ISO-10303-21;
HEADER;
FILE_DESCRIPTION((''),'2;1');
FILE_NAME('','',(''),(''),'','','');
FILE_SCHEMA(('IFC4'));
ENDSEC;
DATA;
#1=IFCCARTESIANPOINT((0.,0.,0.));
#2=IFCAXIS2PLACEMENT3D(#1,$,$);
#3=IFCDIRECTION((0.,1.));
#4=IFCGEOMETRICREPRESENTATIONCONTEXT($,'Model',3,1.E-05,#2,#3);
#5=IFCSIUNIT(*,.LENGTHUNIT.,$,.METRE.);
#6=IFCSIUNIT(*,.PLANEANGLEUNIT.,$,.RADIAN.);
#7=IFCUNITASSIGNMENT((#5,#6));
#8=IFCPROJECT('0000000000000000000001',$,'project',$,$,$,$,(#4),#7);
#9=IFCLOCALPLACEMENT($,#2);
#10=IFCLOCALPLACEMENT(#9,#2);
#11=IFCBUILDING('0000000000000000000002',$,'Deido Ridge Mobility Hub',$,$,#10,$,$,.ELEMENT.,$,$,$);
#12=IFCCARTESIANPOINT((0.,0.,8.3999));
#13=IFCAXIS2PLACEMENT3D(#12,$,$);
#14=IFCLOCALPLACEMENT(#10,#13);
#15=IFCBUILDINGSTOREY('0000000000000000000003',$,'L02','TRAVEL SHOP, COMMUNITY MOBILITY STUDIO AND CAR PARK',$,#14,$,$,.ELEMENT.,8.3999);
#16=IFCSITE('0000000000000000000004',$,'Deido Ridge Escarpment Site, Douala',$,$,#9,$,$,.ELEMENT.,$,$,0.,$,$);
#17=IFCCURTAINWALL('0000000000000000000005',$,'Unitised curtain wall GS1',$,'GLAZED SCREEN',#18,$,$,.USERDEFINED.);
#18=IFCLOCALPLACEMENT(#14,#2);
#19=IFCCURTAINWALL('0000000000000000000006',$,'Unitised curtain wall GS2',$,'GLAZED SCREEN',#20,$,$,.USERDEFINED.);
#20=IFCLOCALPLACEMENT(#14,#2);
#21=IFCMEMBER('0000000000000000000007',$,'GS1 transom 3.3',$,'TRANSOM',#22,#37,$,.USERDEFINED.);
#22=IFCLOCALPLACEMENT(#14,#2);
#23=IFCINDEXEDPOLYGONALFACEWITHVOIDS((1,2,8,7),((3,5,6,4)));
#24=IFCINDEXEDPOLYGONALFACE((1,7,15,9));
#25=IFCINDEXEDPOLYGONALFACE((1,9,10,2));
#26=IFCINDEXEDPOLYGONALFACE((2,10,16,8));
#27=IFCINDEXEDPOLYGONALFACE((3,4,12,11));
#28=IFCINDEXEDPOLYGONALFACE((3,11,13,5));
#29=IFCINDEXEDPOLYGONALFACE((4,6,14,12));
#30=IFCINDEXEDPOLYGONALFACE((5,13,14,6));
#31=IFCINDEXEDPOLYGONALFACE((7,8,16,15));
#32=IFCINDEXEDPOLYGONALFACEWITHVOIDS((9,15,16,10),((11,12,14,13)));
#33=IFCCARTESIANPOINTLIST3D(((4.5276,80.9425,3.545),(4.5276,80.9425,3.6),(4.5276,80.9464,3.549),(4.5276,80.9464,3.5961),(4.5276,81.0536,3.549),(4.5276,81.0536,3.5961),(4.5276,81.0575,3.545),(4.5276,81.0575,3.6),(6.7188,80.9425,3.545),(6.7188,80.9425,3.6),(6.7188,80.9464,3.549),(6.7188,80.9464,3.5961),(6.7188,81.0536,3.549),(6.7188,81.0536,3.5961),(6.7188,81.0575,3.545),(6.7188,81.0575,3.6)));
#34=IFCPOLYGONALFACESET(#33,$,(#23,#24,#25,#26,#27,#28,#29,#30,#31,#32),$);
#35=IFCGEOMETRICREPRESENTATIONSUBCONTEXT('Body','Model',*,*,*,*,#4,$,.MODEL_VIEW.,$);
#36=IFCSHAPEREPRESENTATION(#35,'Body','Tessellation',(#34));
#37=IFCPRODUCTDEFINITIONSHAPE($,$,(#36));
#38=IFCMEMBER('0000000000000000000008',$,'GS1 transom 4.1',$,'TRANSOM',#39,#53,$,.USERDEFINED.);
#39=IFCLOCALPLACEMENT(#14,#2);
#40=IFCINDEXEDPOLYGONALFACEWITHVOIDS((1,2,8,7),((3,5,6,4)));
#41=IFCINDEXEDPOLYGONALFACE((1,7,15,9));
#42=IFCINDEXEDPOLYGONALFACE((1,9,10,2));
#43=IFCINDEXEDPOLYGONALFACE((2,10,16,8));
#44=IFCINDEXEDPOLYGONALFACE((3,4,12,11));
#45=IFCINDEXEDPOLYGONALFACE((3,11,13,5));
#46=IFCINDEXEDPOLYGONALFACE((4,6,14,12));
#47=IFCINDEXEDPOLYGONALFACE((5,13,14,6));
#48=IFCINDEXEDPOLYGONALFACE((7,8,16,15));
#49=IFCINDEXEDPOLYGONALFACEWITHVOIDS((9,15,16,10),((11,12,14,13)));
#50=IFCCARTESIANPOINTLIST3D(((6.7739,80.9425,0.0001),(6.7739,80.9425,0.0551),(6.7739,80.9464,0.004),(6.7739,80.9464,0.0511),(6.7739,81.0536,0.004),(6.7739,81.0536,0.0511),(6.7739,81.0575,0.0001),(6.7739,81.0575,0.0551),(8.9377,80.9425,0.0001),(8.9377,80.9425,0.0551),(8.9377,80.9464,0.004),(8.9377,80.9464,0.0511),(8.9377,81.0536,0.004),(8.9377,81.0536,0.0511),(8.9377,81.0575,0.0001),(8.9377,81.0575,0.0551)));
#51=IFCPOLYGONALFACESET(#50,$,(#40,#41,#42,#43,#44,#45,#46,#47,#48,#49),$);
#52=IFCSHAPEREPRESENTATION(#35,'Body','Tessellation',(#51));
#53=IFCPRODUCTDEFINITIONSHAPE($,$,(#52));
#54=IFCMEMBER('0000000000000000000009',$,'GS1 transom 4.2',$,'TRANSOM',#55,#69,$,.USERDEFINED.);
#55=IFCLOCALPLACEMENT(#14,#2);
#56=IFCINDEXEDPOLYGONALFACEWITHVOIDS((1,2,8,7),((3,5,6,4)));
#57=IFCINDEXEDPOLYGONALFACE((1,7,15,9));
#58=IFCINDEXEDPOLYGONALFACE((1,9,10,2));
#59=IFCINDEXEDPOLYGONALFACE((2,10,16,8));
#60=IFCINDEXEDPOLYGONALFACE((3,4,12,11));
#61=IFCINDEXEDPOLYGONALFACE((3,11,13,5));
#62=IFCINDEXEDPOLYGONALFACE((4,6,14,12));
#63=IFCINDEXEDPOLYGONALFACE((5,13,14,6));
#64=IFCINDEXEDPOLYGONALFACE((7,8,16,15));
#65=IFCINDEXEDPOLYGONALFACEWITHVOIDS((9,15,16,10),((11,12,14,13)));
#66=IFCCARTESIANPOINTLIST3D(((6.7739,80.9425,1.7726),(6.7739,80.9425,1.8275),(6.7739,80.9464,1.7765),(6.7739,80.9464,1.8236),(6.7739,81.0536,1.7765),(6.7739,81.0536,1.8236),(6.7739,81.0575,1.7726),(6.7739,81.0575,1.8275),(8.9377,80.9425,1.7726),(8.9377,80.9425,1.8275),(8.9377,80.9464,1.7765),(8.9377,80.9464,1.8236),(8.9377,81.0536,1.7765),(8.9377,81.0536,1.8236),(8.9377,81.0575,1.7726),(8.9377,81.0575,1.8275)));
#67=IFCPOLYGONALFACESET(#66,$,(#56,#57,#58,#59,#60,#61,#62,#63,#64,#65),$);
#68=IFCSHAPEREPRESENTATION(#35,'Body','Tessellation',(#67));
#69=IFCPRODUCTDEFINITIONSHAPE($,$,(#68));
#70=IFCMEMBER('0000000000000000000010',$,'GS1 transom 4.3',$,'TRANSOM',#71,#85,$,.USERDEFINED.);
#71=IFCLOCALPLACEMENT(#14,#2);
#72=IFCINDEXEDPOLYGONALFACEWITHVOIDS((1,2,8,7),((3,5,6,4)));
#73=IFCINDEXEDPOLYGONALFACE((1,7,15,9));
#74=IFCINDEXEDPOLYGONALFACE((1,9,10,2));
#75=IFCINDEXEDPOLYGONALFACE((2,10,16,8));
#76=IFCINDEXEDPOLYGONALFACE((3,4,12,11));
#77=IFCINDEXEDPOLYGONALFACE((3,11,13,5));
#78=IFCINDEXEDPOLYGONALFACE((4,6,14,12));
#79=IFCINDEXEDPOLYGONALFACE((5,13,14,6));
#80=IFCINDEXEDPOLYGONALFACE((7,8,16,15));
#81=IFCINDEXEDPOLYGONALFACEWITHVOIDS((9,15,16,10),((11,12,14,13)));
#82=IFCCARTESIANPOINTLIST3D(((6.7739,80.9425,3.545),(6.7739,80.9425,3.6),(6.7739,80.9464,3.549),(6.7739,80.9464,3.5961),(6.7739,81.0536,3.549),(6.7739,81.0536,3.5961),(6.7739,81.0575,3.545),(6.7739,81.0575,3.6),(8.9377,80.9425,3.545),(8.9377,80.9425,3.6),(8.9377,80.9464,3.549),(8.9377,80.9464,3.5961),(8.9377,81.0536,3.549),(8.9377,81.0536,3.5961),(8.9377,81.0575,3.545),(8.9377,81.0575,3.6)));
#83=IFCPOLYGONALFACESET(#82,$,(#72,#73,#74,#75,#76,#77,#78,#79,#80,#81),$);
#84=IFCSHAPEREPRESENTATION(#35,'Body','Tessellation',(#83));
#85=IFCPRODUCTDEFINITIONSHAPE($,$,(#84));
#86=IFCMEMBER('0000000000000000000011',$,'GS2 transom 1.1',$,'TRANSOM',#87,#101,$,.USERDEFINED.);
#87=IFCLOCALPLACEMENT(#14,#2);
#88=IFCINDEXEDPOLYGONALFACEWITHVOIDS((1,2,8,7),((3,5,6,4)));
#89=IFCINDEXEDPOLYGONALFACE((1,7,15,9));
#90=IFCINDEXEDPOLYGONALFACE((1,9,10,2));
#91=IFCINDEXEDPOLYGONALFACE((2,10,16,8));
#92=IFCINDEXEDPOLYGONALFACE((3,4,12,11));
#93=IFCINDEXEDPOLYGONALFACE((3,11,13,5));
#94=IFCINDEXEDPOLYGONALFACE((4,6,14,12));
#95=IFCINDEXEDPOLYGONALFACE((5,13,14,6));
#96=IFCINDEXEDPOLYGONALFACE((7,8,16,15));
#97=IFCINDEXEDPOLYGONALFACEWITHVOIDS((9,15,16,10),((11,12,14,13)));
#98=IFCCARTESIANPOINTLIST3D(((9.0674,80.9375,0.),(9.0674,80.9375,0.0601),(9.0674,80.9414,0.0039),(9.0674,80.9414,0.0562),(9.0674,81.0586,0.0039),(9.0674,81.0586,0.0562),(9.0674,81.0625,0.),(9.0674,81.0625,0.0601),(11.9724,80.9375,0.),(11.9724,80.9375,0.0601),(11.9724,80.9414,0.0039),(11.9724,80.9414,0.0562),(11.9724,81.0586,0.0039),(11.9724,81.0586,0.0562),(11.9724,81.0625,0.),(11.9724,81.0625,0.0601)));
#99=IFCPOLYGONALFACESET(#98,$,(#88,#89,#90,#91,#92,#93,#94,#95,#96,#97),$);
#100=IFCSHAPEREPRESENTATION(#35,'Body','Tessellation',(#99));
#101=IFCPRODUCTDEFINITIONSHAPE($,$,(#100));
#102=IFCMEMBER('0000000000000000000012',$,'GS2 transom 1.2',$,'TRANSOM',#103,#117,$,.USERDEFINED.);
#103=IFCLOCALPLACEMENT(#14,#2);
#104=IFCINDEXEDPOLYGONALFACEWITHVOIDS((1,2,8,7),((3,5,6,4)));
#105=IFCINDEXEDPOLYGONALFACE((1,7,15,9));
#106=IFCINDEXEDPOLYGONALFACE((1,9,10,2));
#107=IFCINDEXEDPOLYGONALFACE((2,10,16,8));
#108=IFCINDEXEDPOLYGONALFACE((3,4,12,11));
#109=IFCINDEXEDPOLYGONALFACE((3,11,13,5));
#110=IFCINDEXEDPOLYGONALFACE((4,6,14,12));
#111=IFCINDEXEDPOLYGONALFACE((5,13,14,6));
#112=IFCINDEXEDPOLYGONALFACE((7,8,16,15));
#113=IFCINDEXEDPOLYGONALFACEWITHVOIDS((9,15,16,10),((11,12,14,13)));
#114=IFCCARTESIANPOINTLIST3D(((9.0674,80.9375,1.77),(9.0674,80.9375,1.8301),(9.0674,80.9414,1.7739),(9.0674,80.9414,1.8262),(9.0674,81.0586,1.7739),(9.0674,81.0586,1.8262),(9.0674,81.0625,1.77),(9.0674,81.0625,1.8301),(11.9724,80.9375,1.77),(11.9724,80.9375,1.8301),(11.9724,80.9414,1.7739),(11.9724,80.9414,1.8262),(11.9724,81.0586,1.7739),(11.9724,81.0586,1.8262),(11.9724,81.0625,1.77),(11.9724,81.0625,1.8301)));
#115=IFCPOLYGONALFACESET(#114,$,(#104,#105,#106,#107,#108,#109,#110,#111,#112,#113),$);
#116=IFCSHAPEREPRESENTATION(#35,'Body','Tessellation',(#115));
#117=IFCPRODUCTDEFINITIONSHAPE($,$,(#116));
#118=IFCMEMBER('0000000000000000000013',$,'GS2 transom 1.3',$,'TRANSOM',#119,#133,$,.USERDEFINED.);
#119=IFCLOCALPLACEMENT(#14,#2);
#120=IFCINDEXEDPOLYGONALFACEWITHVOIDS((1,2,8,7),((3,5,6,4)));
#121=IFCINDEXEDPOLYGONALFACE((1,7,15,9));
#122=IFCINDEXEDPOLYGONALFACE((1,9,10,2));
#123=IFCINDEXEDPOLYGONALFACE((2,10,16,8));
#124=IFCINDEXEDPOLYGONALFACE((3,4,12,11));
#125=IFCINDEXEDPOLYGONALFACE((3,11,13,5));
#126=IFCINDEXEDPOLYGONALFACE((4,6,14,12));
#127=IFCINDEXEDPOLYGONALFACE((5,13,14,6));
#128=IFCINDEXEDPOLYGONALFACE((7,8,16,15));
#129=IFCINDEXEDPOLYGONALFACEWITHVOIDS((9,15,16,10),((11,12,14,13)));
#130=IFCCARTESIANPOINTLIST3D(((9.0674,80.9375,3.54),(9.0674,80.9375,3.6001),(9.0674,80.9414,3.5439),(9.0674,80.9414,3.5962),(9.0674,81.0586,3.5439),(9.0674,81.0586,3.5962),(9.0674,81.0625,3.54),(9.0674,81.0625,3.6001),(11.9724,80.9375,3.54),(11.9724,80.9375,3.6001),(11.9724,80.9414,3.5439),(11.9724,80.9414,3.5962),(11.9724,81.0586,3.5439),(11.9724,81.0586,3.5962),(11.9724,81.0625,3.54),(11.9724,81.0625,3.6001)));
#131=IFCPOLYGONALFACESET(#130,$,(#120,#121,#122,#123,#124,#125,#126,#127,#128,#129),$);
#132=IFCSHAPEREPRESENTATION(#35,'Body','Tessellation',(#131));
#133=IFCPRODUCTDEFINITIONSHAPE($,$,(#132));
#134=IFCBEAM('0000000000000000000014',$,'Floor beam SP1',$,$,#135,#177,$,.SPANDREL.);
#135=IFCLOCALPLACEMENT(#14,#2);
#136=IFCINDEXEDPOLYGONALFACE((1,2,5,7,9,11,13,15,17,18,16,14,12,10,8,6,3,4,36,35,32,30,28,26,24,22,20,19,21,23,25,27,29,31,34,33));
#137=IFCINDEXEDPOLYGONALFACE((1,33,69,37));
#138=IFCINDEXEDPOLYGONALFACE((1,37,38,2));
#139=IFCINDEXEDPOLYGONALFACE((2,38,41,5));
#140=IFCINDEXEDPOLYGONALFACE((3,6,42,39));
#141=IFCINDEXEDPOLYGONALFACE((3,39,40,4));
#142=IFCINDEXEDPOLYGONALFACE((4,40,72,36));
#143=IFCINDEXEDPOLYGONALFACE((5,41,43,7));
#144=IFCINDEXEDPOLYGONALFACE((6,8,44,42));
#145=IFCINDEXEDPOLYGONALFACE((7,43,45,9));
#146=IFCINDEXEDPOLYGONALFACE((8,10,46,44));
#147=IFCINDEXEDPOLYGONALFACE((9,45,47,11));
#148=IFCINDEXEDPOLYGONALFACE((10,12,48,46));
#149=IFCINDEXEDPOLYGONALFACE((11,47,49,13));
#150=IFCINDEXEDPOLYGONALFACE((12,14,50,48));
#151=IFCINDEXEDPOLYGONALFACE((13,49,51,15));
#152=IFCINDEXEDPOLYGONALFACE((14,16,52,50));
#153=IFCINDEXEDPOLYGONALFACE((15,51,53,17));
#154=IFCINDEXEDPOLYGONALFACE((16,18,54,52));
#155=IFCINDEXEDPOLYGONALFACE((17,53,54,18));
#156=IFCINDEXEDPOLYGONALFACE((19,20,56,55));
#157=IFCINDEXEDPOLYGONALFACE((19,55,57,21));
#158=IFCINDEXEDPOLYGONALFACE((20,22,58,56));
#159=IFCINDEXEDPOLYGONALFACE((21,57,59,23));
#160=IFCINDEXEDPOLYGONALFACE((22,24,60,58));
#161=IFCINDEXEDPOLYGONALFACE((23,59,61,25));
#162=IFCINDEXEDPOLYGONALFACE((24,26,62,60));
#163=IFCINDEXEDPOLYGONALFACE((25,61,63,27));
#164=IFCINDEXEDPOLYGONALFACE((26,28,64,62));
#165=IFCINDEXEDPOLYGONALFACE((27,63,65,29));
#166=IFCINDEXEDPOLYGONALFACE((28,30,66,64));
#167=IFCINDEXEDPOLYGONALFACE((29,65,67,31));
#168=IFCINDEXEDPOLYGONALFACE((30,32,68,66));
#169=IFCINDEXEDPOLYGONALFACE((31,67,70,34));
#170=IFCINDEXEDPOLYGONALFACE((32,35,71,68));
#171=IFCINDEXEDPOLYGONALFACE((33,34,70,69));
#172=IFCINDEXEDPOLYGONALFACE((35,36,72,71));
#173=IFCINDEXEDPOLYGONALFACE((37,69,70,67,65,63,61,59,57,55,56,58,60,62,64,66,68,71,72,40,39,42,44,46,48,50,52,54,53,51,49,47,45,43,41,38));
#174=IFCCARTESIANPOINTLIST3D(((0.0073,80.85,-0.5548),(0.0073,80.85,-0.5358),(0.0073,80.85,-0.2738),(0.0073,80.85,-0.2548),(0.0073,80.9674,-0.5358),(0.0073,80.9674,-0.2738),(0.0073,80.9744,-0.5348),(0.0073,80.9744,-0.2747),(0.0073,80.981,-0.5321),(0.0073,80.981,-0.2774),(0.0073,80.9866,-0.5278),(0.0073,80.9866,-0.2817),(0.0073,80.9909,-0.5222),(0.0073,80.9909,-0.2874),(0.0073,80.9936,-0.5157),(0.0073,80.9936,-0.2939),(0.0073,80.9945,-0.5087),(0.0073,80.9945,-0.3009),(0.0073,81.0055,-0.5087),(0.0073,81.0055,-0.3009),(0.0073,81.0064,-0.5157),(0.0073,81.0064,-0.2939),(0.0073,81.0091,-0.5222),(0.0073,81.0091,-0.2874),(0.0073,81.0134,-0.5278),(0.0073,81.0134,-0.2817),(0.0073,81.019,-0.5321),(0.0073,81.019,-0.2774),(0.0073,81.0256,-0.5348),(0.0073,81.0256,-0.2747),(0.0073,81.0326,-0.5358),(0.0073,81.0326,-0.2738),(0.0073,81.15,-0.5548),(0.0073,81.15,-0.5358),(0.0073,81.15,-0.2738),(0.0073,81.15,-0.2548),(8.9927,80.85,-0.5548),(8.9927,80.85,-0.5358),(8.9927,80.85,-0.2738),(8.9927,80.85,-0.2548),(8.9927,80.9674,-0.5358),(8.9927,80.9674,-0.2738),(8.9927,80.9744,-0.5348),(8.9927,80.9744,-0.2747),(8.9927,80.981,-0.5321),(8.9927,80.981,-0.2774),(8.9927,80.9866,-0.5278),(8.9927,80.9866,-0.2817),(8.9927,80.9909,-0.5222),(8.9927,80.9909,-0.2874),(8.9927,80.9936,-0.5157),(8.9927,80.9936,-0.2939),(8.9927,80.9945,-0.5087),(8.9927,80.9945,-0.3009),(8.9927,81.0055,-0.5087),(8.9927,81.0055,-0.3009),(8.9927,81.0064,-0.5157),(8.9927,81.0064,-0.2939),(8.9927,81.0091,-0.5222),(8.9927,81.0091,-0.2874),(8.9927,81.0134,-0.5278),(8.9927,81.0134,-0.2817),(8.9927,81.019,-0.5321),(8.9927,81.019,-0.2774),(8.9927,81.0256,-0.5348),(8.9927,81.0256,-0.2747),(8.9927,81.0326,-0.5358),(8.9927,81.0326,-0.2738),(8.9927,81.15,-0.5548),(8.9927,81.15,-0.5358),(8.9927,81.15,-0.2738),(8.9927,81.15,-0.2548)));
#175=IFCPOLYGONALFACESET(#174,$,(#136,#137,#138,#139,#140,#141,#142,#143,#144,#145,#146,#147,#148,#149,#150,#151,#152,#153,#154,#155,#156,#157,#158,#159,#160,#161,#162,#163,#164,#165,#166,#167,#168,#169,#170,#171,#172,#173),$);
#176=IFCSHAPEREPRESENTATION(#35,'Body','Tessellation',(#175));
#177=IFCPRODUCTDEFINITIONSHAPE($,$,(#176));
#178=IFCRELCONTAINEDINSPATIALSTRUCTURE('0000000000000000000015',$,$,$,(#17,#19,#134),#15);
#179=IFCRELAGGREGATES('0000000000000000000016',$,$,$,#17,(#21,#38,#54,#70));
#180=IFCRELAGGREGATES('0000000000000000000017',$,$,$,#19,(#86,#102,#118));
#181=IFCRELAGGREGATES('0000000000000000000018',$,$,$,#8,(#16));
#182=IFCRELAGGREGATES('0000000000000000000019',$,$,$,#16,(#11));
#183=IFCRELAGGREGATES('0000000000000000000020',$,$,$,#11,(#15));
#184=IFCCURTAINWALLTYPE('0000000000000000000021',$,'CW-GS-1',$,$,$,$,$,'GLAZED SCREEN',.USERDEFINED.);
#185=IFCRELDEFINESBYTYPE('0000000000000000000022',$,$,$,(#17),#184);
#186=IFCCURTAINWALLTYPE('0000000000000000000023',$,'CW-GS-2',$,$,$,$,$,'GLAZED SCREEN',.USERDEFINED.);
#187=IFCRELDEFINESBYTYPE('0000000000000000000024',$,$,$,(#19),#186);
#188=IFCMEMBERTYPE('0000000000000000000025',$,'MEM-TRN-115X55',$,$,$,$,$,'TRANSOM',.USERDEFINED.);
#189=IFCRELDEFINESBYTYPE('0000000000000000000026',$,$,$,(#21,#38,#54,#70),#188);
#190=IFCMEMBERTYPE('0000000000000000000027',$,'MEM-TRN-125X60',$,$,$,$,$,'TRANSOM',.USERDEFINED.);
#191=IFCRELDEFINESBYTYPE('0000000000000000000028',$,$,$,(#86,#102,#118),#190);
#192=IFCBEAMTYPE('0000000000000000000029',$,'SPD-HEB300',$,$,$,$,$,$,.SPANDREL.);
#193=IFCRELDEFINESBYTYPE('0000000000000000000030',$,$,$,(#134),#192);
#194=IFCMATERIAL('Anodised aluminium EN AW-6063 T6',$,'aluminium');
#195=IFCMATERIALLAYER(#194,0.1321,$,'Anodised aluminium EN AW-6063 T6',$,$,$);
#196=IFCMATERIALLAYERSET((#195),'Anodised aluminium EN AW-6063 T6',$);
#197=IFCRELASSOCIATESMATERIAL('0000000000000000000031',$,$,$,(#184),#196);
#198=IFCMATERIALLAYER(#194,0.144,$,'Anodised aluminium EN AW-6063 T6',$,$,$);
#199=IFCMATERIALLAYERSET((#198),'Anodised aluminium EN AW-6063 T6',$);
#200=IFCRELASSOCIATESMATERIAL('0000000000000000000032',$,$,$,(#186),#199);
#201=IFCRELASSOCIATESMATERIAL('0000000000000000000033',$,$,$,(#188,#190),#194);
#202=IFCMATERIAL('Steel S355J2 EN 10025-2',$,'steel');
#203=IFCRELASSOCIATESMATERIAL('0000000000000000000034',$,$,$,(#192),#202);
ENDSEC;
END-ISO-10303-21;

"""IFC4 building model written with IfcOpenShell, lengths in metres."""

from ifc_helpers import new_model, si_unit, direction, frame, origin, origin_2d, place, context, subcontext, project, spatial, hollow_rectangle, i_section, extrude, material, layer, layer_set, material_profile, profile_set, type_object, element, aggregate, save


model = new_model("IFC4")

# Units and contexts
model_context = context("Model", 3, precision=1e-05, world=origin(), true_north=direction((0.0, 1.0)))
body_context = subcontext(model_context, "Body", "Model", "MODEL_VIEW")
ifc_project = project(units=[si_unit("LENGTHUNIT", "METRE"), si_unit("PLANEANGLEUNIT", "RADIAN")], contexts=[model_context])

# Site, building, storey
site_placement = place(None, origin())
site = spatial("IfcSite", under=ifc_project, at=site_placement, Name="Deido Ridge Escarpment Site, Douala", CompositionType="ELEMENT", RefElevation=0.0)
building_placement = place(site_placement, origin())
building = spatial("IfcBuilding", under=site, at=building_placement, Name="Deido Ridge Mobility Hub", CompositionType="ELEMENT")
storey_placement = place(building_placement, frame((0.0, 0.0, 8.3999)))
storey = spatial("IfcBuildingStorey", under=building, at=storey_placement, Name="L02", Description="TRAVEL SHOP, COMMUNITY MOBILITY STUDIO AND CAR PARK", CompositionType="ELEMENT", Elevation=8.3999)

# Shared definitions
ifc_material_1 = material(Name="Steel S355J2 EN 10025-2", Category="steel")

# Curtain wall
ifc_material_2 = material(Name="Anodised aluminium EN AW-6063 T6", Category="aluminium")
ifc_layer_1 = layer(ifc_material_2, 0.1321, Name="Anodised aluminium EN AW-6063 T6")
ifc_layer_set_1 = layer_set([ifc_layer_1], Name="Anodised aluminium EN AW-6063 T6")
curtain_wall_type_1 = type_object("IfcCurtainWallType", Name="CW-GS-1", ElementType="GLAZED SCREEN", PredefinedType="USERDEFINED", material=ifc_layer_set_1)
curtain_wall_1_placement = place(storey_placement, origin())
curtain_wall_1 = element("IfcCurtainWall", 1, at=curtain_wall_1_placement, inside=storey, type_object=curtain_wall_type_1, Name="Unitised curtain wall GS1", ObjectType="GLAZED SCREEN", PredefinedType="USERDEFINED")

# Curtain wall
ifc_layer_2 = layer(ifc_material_2, 0.144, Name="Anodised aluminium EN AW-6063 T6")
ifc_layer_set_2 = layer_set([ifc_layer_2], Name="Anodised aluminium EN AW-6063 T6")
curtain_wall_type_2 = type_object("IfcCurtainWallType", Name="CW-GS-2", ElementType="GLAZED SCREEN", PredefinedType="USERDEFINED", material=ifc_layer_set_2)
curtain_wall_2_placement = place(storey_placement, origin())
curtain_wall_2 = element("IfcCurtainWall", 2, at=curtain_wall_2_placement, inside=storey, type_object=curtain_wall_type_2, Name="Unitised curtain wall GS2", ObjectType="GLAZED SCREEN", PredefinedType="USERDEFINED")

# Members
ifc_material_profile_1 = material_profile(ifc_material_2, hollow_rectangle(XDim=0.115, YDim=0.0549, WallThickness=0.0039, at=origin_2d()), Name="RHS 115x55x4")
ifc_profile_set_1 = profile_set([ifc_material_profile_1], Name="Anodised aluminium EN AW-6063 T6")
member_type_1 = type_object("IfcMemberType", Name="MEM-TRN-115X55", ElementType="TRANSOM", PredefinedType="USERDEFINED", material=ifc_profile_set_1)
member_1_placement = place(storey_placement, frame((4.5276, 81.0, 3.5725), z_axis=(1.0, 0.0, 0.0), x_axis=(0.0, 1.0, 0.0)))
member_1 = element("IfcMember", 3, at=member_1_placement, type_object=member_type_1, Name="GS1 transom 3.3", ObjectType="TRANSOM", PredefinedType="USERDEFINED", context=body_context, shape_type="SweptSolid", body=[
    extrude(hollow_rectangle(XDim=0.115, YDim=0.0549, WallThickness=0.0039, at=origin_2d()), origin(), (0.0, 0.0, 1.0), 2.1912),
])
member_2_placement = place(storey_placement, frame((6.7739, 81.0, 0.0276), z_axis=(1.0, 0.0, 0.0), x_axis=(0.0, 1.0, 0.0)))
member_2 = element("IfcMember", 4, at=member_2_placement, type_object=member_type_1, Name="GS1 transom 4.1", ObjectType="TRANSOM", PredefinedType="USERDEFINED", context=body_context, shape_type="SweptSolid", body=[
    extrude(hollow_rectangle(XDim=0.115, YDim=0.0549, WallThickness=0.0039, at=origin_2d()), origin(), (0.0, 0.0, 1.0), 2.1638),
])
member_3_placement = place(storey_placement, frame((6.7739, 81.0, 1.8), z_axis=(1.0, 0.0, 0.0), x_axis=(0.0, 1.0, 0.0)))
member_3 = element("IfcMember", 5, at=member_3_placement, type_object=member_type_1, Name="GS1 transom 4.2", ObjectType="TRANSOM", PredefinedType="USERDEFINED", context=body_context, shape_type="SweptSolid", body=[
    extrude(hollow_rectangle(XDim=0.115, YDim=0.0549, WallThickness=0.0039, at=origin_2d()), origin(), (0.0, 0.0, 1.0), 2.1638),
])
member_4_placement = place(storey_placement, frame((6.7739, 81.0, 3.5725), z_axis=(1.0, 0.0, 0.0), x_axis=(0.0, 1.0, 0.0)))
member_4 = element("IfcMember", 6, at=member_4_placement, type_object=member_type_1, Name="GS1 transom 4.3", ObjectType="TRANSOM", PredefinedType="USERDEFINED", context=body_context, shape_type="SweptSolid", body=[
    extrude(hollow_rectangle(XDim=0.115, YDim=0.0549, WallThickness=0.0039, at=origin_2d()), origin(), (0.0, 0.0, 1.0), 2.1638),
])
ifc_material_profile_2 = material_profile(ifc_material_2, hollow_rectangle(XDim=0.125, YDim=0.0601, WallThickness=0.0039, at=origin_2d()), Name="RHS 125x60x4")
ifc_profile_set_2 = profile_set([ifc_material_profile_2], Name="Anodised aluminium EN AW-6063 T6")
member_type_2 = type_object("IfcMemberType", Name="MEM-TRN-125X60", ElementType="TRANSOM", PredefinedType="USERDEFINED", material=ifc_profile_set_2)
member_5_placement = place(storey_placement, frame((9.0674, 81.0, 0.03), z_axis=(1.0, 0.0, 0.0), x_axis=(0.0, 1.0, 0.0)))
member_5 = element("IfcMember", 7, at=member_5_placement, type_object=member_type_2, Name="GS2 transom 1.1", ObjectType="TRANSOM", PredefinedType="USERDEFINED", context=body_context, shape_type="SweptSolid", body=[
    extrude(hollow_rectangle(XDim=0.125, YDim=0.0601, WallThickness=0.0039, at=origin_2d()), origin(), (0.0, 0.0, 1.0), 2.905),
])
member_6_placement = place(storey_placement, frame((9.0674, 81.0, 1.8), z_axis=(1.0, 0.0, 0.0), x_axis=(0.0, 1.0, 0.0)))
member_6 = element("IfcMember", 8, at=member_6_placement, type_object=member_type_2, Name="GS2 transom 1.2", ObjectType="TRANSOM", PredefinedType="USERDEFINED", context=body_context, shape_type="SweptSolid", body=[
    extrude(hollow_rectangle(XDim=0.125, YDim=0.0601, WallThickness=0.0039, at=origin_2d()), origin(), (0.0, 0.0, 1.0), 2.905),
])
member_7_placement = place(storey_placement, frame((9.0674, 81.0, 3.5701), z_axis=(1.0, 0.0, 0.0), x_axis=(0.0, 1.0, 0.0)))
member_7 = element("IfcMember", 9, at=member_7_placement, type_object=member_type_2, Name="GS2 transom 1.3", ObjectType="TRANSOM", PredefinedType="USERDEFINED", context=body_context, shape_type="SweptSolid", body=[
    extrude(hollow_rectangle(XDim=0.125, YDim=0.0601, WallThickness=0.0039, at=origin_2d()), origin(), (0.0, 0.0, 1.0), 2.905),
])

# Beam
ifc_material_profile_3 = material_profile(ifc_material_1, i_section(OverallWidth=0.3, OverallDepth=0.3, WebThickness=0.011, FlangeThickness=0.019, FilletRadius=0.0271, at=origin_2d()), Name="HEB 300")
ifc_profile_set_3 = profile_set([ifc_material_profile_3], Name="Steel S355J2 EN 10025-2")
beam_type_1 = type_object("IfcBeamType", Name="SPD-HEB300", PredefinedType="SPANDREL", material=ifc_profile_set_3)
beam_1_placement = place(storey_placement, frame((0.0073, 81.0, -0.4048), z_axis=(1.0, 0.0, 0.0), x_axis=(0.0, 1.0, 0.0)))
element("IfcBeam", 10, at=beam_1_placement, inside=storey, type_object=beam_type_1, Name="Floor beam SP1", PredefinedType="SPANDREL", context=body_context, shape_type="SweptSolid", body=[
    extrude(i_section(OverallWidth=0.3, OverallDepth=0.3, WebThickness=0.011, FlangeThickness=0.019, FilletRadius=0.0271, at=origin_2d()), origin(), (0.0, 0.0, 1.0), 8.9854),
])

aggregate(curtain_wall_1, [member_1, member_2, member_3, member_4])
aggregate(curtain_wall_2, [member_5, member_6, member_7])

save(model, "model.ifc")
